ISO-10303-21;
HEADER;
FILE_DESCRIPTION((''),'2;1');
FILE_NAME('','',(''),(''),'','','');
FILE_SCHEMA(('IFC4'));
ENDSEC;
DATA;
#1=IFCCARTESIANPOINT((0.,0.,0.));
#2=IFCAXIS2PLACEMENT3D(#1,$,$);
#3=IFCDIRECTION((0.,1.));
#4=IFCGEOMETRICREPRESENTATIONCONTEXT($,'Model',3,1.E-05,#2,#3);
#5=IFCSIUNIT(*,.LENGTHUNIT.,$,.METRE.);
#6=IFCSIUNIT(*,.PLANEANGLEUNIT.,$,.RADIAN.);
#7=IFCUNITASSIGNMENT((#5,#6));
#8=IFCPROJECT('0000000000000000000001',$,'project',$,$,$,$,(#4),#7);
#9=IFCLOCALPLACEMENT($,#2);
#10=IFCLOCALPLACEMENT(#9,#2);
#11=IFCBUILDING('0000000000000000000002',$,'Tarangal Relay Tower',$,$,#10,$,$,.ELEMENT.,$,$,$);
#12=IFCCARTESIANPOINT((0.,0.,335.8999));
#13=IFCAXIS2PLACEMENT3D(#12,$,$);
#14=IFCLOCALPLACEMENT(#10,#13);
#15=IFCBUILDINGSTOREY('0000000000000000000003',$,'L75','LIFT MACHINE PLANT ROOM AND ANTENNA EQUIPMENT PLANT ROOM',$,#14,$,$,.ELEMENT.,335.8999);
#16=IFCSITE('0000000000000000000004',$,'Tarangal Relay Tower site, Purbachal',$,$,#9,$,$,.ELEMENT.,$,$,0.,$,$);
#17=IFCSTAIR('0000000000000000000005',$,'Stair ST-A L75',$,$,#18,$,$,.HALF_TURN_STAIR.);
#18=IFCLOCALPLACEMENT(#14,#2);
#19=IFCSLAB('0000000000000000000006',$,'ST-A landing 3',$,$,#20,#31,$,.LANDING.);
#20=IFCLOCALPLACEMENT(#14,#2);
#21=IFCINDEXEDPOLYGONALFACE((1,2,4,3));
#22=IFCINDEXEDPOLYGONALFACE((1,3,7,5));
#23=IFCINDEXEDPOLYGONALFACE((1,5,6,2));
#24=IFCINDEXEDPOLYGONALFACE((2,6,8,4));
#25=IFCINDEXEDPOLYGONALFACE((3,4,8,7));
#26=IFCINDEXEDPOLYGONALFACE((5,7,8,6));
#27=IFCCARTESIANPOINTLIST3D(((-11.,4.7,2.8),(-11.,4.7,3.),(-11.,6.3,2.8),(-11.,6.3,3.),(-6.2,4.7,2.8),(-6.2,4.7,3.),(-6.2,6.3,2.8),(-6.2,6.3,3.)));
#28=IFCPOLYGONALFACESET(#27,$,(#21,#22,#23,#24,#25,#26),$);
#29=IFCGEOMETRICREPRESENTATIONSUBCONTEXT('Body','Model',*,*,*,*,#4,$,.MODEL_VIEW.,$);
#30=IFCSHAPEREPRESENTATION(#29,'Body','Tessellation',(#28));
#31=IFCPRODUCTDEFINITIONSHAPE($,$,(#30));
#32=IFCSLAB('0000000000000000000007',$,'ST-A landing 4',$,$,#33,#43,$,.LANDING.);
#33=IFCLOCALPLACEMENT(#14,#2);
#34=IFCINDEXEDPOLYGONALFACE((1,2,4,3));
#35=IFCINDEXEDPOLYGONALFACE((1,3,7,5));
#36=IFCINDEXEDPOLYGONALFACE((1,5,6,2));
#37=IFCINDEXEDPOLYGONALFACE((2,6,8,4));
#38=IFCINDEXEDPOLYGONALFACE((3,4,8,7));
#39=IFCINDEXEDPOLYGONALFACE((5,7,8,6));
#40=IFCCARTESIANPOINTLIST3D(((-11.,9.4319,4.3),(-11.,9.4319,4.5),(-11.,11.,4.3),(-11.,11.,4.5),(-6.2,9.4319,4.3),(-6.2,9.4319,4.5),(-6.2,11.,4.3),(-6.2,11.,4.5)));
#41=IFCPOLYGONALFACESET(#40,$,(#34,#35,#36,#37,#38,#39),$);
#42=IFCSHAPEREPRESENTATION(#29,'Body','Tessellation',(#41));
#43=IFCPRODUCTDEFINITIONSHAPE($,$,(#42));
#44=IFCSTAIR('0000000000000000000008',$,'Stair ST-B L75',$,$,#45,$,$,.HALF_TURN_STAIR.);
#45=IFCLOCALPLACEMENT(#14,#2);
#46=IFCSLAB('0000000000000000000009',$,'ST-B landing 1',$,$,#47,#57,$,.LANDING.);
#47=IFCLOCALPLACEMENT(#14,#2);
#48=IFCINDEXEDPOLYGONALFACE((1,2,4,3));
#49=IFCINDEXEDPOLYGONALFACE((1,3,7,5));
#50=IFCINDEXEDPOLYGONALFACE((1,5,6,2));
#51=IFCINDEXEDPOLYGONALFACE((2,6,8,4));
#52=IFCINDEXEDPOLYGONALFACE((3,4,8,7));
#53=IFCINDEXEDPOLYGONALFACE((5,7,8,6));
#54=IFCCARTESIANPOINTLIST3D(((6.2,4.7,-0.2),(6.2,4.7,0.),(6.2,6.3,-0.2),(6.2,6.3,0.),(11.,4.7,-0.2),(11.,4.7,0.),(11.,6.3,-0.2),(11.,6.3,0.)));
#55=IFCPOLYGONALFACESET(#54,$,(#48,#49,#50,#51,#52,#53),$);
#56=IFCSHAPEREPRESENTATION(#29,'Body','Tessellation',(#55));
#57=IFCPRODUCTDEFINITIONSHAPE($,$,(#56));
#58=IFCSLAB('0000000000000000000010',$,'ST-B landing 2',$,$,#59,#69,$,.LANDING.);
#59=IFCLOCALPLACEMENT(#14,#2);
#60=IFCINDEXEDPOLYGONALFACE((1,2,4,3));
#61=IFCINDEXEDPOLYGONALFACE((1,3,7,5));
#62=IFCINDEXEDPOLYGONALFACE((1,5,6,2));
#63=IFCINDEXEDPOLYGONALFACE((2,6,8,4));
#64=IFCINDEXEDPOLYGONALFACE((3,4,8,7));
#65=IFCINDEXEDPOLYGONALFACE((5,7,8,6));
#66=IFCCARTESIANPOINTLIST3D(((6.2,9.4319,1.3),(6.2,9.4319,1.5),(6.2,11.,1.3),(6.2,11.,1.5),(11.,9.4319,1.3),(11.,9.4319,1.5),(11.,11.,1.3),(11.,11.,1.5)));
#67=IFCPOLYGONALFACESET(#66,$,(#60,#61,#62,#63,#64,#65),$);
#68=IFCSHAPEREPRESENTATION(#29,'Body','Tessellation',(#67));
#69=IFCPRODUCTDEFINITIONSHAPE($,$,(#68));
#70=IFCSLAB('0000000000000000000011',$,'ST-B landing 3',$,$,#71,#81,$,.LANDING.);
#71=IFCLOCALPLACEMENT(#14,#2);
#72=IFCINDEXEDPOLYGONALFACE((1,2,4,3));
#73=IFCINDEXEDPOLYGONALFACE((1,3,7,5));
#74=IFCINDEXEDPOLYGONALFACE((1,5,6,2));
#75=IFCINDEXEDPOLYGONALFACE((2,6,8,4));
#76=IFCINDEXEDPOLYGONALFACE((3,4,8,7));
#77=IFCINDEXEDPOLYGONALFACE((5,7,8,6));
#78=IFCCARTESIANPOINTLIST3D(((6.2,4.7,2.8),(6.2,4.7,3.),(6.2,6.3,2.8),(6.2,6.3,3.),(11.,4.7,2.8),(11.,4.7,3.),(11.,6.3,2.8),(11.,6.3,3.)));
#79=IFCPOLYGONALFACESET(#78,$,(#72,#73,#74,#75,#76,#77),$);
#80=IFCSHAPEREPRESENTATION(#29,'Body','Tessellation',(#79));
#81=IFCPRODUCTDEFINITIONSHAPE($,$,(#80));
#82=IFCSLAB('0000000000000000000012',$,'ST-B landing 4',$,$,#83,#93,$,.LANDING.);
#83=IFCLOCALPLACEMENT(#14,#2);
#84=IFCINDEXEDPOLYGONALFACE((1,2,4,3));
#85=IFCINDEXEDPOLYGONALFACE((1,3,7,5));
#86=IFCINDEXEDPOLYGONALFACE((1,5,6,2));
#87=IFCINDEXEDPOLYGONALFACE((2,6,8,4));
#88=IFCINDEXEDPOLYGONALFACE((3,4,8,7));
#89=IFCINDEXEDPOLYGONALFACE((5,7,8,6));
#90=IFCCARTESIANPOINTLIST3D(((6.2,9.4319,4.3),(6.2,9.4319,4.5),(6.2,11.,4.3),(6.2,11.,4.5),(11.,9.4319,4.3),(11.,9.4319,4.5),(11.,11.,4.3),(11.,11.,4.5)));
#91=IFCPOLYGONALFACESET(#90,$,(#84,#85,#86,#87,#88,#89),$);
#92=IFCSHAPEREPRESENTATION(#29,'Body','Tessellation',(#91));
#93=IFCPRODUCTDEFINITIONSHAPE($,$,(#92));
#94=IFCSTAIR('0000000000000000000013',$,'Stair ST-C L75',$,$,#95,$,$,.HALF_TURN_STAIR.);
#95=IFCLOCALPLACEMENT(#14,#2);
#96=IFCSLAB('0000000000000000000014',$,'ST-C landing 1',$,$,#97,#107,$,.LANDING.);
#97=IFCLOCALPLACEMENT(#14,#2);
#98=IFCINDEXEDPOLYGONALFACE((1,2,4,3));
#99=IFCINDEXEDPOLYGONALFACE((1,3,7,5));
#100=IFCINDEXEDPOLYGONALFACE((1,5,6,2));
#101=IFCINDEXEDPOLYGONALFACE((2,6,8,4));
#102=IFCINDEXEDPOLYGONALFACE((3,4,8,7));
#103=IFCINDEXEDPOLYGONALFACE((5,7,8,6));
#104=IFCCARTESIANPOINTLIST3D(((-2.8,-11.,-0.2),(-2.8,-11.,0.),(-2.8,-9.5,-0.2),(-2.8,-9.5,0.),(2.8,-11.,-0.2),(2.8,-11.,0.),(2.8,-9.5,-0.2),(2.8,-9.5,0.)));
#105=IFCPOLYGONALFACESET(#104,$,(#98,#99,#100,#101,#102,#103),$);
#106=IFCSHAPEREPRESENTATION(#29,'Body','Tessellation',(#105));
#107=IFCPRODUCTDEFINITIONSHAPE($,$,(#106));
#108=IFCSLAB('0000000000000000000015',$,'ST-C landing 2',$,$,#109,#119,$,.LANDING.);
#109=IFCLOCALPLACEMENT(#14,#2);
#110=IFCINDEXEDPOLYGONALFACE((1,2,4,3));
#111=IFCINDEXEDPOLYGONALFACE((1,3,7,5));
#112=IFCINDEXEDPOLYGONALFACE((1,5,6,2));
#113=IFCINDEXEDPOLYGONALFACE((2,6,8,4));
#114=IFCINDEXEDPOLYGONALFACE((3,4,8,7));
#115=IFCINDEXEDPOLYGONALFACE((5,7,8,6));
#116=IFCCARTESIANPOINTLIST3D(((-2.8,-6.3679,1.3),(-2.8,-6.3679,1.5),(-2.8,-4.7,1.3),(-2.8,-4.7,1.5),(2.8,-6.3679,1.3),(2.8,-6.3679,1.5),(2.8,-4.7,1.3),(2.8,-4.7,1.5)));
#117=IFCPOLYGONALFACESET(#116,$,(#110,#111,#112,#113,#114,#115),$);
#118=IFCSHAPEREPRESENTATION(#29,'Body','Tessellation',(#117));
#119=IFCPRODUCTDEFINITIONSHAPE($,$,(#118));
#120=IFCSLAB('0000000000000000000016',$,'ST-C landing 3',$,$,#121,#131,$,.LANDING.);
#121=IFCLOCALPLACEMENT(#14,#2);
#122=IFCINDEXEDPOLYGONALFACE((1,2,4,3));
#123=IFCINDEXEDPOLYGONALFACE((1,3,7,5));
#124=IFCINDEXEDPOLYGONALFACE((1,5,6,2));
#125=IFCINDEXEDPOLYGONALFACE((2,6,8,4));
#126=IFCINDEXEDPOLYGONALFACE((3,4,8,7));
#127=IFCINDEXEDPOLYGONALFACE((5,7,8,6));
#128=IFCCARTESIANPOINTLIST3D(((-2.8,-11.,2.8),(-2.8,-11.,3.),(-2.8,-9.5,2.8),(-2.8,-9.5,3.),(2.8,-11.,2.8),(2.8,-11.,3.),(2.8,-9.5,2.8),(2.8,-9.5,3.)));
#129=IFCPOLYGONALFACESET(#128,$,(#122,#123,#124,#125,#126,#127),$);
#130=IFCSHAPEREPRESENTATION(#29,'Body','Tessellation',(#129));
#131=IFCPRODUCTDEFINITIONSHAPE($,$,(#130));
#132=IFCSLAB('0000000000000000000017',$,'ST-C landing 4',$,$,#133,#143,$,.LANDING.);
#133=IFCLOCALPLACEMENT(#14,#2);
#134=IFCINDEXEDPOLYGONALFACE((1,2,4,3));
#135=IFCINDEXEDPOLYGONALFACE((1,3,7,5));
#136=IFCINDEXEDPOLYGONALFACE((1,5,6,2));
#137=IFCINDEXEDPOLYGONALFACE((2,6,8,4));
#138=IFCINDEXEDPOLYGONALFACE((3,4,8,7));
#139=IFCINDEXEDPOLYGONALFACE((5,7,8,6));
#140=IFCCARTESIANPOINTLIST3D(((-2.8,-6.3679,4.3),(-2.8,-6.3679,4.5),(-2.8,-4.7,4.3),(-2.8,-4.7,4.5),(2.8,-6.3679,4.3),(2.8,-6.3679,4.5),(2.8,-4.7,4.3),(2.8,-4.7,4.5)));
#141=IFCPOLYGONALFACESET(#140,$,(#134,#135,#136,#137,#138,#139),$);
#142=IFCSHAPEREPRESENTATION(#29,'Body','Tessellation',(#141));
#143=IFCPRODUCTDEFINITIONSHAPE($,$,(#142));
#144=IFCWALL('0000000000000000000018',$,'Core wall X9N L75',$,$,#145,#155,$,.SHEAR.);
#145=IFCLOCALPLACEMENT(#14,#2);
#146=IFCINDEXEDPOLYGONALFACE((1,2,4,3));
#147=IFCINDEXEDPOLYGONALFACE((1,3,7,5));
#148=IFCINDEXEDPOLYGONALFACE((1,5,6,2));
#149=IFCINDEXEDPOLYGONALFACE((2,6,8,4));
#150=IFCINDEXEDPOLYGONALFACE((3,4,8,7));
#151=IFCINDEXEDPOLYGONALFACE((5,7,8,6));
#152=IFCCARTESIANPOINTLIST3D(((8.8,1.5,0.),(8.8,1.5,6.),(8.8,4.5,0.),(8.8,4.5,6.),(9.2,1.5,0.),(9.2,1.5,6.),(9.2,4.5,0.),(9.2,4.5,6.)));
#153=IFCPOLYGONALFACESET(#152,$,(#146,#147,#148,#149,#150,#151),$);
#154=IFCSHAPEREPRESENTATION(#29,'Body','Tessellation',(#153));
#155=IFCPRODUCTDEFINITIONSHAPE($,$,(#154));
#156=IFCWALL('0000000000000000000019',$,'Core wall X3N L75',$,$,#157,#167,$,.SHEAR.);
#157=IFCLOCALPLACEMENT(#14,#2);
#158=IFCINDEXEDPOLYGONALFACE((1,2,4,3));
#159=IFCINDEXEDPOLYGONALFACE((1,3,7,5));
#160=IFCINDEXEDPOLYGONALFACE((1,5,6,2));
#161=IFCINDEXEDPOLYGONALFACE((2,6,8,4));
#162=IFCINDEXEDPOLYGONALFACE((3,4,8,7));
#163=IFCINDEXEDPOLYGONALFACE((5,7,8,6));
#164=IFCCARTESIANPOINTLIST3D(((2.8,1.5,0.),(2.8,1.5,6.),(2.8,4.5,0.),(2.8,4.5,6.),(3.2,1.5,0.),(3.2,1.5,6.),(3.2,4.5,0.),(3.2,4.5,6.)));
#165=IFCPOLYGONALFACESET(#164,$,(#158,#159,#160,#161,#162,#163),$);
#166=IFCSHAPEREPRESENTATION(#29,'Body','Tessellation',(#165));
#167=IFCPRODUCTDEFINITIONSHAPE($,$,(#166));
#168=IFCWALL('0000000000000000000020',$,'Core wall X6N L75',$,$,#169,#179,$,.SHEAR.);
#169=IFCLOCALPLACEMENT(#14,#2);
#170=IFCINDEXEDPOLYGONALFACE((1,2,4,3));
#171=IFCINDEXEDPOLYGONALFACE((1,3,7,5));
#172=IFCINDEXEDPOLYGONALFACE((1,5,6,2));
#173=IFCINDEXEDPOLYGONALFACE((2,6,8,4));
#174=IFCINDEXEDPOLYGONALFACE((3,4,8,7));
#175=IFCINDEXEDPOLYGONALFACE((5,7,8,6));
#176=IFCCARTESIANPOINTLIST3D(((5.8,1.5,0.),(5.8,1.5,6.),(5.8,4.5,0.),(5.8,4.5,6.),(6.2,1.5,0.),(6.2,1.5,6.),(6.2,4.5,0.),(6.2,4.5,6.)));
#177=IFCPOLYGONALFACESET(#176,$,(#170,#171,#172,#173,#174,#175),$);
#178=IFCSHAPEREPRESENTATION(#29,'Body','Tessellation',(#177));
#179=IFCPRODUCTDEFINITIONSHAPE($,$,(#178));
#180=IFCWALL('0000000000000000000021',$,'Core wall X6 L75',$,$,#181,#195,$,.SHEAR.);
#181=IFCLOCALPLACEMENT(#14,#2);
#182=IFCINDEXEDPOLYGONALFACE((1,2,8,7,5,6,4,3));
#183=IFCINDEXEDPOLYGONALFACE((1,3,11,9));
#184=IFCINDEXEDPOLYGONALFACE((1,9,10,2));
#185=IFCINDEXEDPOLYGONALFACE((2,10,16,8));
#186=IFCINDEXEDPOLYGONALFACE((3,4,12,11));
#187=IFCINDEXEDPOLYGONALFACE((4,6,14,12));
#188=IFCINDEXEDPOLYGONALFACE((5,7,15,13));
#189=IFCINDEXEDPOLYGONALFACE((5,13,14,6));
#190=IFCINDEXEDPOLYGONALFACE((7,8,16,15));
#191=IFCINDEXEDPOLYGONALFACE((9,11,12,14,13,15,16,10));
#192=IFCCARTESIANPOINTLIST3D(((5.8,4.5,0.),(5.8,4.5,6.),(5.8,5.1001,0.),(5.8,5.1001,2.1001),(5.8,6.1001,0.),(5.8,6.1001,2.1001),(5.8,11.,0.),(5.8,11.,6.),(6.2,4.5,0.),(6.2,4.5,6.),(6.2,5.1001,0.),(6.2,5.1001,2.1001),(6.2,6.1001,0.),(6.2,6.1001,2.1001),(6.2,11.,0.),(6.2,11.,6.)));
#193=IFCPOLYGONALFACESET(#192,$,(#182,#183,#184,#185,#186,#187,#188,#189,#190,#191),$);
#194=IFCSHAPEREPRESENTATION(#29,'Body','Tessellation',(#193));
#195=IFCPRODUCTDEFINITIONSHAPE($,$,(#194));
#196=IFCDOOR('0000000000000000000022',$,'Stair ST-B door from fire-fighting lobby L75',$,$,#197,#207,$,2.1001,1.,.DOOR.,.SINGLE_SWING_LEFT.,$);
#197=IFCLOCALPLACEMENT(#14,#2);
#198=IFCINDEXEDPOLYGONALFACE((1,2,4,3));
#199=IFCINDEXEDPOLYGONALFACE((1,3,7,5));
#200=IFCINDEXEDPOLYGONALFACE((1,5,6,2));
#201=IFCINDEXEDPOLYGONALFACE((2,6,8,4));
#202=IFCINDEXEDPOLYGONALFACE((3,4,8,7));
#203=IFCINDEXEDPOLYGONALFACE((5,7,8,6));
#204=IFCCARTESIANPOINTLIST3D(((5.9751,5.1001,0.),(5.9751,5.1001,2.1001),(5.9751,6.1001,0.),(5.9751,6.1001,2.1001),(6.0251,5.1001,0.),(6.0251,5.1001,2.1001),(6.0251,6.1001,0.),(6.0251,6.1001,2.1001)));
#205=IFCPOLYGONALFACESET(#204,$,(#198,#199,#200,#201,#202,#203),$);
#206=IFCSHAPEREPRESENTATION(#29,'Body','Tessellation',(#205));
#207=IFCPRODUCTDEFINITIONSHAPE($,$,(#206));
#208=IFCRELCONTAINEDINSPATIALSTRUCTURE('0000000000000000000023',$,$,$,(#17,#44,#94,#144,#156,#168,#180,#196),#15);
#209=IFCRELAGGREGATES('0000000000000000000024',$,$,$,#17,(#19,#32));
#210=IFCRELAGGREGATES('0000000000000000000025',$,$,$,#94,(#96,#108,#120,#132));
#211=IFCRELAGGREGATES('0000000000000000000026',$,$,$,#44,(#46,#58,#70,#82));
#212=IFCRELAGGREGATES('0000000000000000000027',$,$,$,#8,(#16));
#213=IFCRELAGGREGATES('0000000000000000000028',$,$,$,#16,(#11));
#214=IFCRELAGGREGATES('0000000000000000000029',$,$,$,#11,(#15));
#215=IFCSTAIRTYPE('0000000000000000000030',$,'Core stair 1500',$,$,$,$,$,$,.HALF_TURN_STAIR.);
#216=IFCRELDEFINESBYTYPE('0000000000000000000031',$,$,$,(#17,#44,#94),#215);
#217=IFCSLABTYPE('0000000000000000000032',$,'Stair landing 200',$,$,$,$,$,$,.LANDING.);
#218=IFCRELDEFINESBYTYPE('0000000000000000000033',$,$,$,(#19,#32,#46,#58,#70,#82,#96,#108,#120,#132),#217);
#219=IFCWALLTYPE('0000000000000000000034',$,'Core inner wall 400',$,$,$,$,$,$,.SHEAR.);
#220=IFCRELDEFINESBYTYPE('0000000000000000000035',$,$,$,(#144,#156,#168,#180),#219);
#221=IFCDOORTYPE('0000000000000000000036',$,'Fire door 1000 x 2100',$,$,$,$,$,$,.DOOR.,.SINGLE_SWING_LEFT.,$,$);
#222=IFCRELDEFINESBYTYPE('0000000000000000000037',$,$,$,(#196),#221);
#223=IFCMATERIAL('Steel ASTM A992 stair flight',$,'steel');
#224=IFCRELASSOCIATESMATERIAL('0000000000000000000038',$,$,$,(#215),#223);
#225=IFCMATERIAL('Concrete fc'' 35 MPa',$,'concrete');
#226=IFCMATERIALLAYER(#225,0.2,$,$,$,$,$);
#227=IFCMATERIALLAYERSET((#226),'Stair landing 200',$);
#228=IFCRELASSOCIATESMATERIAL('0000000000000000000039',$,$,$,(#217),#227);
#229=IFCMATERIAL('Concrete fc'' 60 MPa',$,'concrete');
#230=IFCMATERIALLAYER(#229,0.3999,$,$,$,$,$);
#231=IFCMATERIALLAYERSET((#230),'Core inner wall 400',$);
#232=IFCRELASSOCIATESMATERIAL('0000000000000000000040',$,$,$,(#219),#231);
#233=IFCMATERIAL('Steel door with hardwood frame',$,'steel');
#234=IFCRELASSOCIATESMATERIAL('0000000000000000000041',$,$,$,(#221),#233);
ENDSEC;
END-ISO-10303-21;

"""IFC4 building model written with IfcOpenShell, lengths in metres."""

from ifc_helpers import new_model, si_unit, direction, frame, frame_2d, origin, place, context, subcontext, project, spatial, polyline, rectangle, outline, extrude, material, layer, layer_set, type_object, element, fill, aggregate, save


model = new_model("IFC4")

# Units and contexts
model_context = context("Model", 3, precision=1e-05, world=origin(), true_north=direction((0.0, 1.0)))
body_context = subcontext(model_context, "Body", "Model", "MODEL_VIEW")
ifc_project = project(units=[si_unit("LENGTHUNIT", "METRE"), si_unit("PLANEANGLEUNIT", "RADIAN")], contexts=[model_context])

# Site, building, storey
site_placement = place(None, origin())
site = spatial("IfcSite", under=ifc_project, at=site_placement, Name="Tarangal Relay Tower site, Purbachal", CompositionType="ELEMENT", RefElevation=0.0)
building_placement = place(site_placement, origin())
building = spatial("IfcBuilding", under=site, at=building_placement, Name="Tarangal Relay Tower", CompositionType="ELEMENT")
storey_placement = place(building_placement, frame((0.0, 0.0, 335.8999)))
storey = spatial("IfcBuildingStorey", under=building, at=storey_placement, Name="L75", Description="LIFT MACHINE PLANT ROOM AND ANTENNA EQUIPMENT PLANT ROOM", CompositionType="ELEMENT", Elevation=335.8999)

# Stairs, slabs
ifc_material_1 = material(Name="Steel ASTM A992 stair flight", Category="steel")
stair_type = type_object("IfcStairType", Name="Core stair 1500", PredefinedType="HALF_TURN_STAIR", material=ifc_material_1)
stair_1_placement = place(storey_placement, origin())
stair_1 = element("IfcStair", 1, at=stair_1_placement, inside=storey, type_object=stair_type, Name="Stair ST-A L75", PredefinedType="HALF_TURN_STAIR")
ifc_material_2 = material(Name="Concrete fc' 35 MPa", Category="concrete")
ifc_layer_1 = layer(ifc_material_2, 0.2)
ifc_layer_set_1 = layer_set([ifc_layer_1], Name="Stair landing 200")
slab_type = type_object("IfcSlabType", Name="Stair landing 200", PredefinedType="LANDING", material=ifc_layer_set_1)
slab_1_placement = place(storey_placement, frame((0.0, 0.0, 2.8)))
slab_1 = element("IfcSlab", 2, at=slab_1_placement, type_object=slab_type, Name="ST-A landing 3", PredefinedType="LANDING", context=body_context, shape_type="SweptSolid", body=[
    extrude(outline(polyline([(-11.0, 4.7), (-6.2, 4.7), (-6.2, 6.3), (-11.0, 6.3), (-11.0, 4.7)])), origin(), (0.0, 0.0, 1.0), 0.2),
])
slab_2_placement = place(storey_placement, frame((0.0, 0.0, 4.3)))
slab_2 = element("IfcSlab", 3, at=slab_2_placement, type_object=slab_type, Name="ST-A landing 4", PredefinedType="LANDING", context=body_context, shape_type="SweptSolid", body=[
    extrude(outline(polyline([(-11.0, 9.4319), (-6.2, 9.4319), (-6.2, 11.0), (-11.0, 11.0), (-11.0, 9.4319)])), origin(), (0.0, 0.0, 1.0), 0.2),
])
aggregate(stair_1, [slab_1, slab_2])
stair_2_placement = place(storey_placement, origin())
stair_2 = element("IfcStair", 4, at=stair_2_placement, inside=storey, type_object=stair_type, Name="Stair ST-B L75", PredefinedType="HALF_TURN_STAIR")
slab_3_placement = place(storey_placement, frame((0.0, 0.0, -0.2)))
slab_3 = element("IfcSlab", 5, at=slab_3_placement, type_object=slab_type, Name="ST-B landing 1", PredefinedType="LANDING", context=body_context, shape_type="SweptSolid", body=[
    extrude(outline(polyline([(6.2, 4.7), (11.0, 4.7), (11.0, 6.3), (6.2, 6.3), (6.2, 4.7)])), origin(), (0.0, 0.0, 1.0), 0.2),
])
slab_4_placement = place(storey_placement, frame((0.0, 0.0, 1.3)))
slab_4 = element("IfcSlab", 6, at=slab_4_placement, type_object=slab_type, Name="ST-B landing 2", PredefinedType="LANDING", context=body_context, shape_type="SweptSolid", body=[
    extrude(outline(polyline([(6.2, 9.4319), (11.0, 9.4319), (11.0, 11.0), (6.2, 11.0), (6.2, 9.4319)])), origin(), (0.0, 0.0, 1.0), 0.2),
])
slab_5_placement = place(storey_placement, frame((0.0, 0.0, 2.8)))
slab_5 = element("IfcSlab", 7, at=slab_5_placement, type_object=slab_type, Name="ST-B landing 3", PredefinedType="LANDING", context=body_context, shape_type="SweptSolid", body=[
    extrude(outline(polyline([(6.2, 4.7), (11.0, 4.7), (11.0, 6.3), (6.2, 6.3), (6.2, 4.7)])), origin(), (0.0, 0.0, 1.0), 0.2),
])
slab_6_placement = place(storey_placement, frame((0.0, 0.0, 4.3)))
slab_6 = element("IfcSlab", 8, at=slab_6_placement, type_object=slab_type, Name="ST-B landing 4", PredefinedType="LANDING", context=body_context, shape_type="SweptSolid", body=[
    extrude(outline(polyline([(6.2, 9.4319), (11.0, 9.4319), (11.0, 11.0), (6.2, 11.0), (6.2, 9.4319)])), origin(), (0.0, 0.0, 1.0), 0.2),
])
stair_3_placement = place(storey_placement, origin())
stair_3 = element("IfcStair", 9, at=stair_3_placement, inside=storey, type_object=stair_type, Name="Stair ST-C L75", PredefinedType="HALF_TURN_STAIR")
slab_7_placement = place(storey_placement, frame((0.0, 0.0, -0.2)))
slab_7 = element("IfcSlab", 10, at=slab_7_placement, type_object=slab_type, Name="ST-C landing 1", PredefinedType="LANDING", context=body_context, shape_type="SweptSolid", body=[
    extrude(outline(polyline([(-2.8, -11.0), (2.8, -11.0), (2.8, -9.5), (-2.8, -9.5), (-2.8, -11.0)])), origin(), (0.0, 0.0, 1.0), 0.2),
])
slab_8_placement = place(storey_placement, frame((0.0, 0.0, 1.3)))
slab_8 = element("IfcSlab", 11, at=slab_8_placement, type_object=slab_type, Name="ST-C landing 2", PredefinedType="LANDING", context=body_context, shape_type="SweptSolid", body=[
    extrude(outline(polyline([(-2.8, -6.3679), (2.8, -6.3679), (2.8, -4.7), (-2.8, -4.7), (-2.8, -6.3679)])), origin(), (0.0, 0.0, 1.0), 0.2),
])
slab_9_placement = place(storey_placement, frame((0.0, 0.0, 2.8)))
slab_9 = element("IfcSlab", 12, at=slab_9_placement, type_object=slab_type, Name="ST-C landing 3", PredefinedType="LANDING", context=body_context, shape_type="SweptSolid", body=[
    extrude(outline(polyline([(-2.8, -11.0), (2.8, -11.0), (2.8, -9.5), (-2.8, -9.5), (-2.8, -11.0)])), origin(), (0.0, 0.0, 1.0), 0.2),
])
slab_10_placement = place(storey_placement, frame((0.0, 0.0, 4.3)))
slab_10 = element("IfcSlab", 13, at=slab_10_placement, type_object=slab_type, Name="ST-C landing 4", PredefinedType="LANDING", context=body_context, shape_type="SweptSolid", body=[
    extrude(outline(polyline([(-2.8, -6.3679), (2.8, -6.3679), (2.8, -4.7), (-2.8, -4.7), (-2.8, -6.3679)])), origin(), (0.0, 0.0, 1.0), 0.2),
])
aggregate(stair_3, [slab_7, slab_8, slab_9, slab_10])

# Walls
ifc_material_3 = material(Name="Concrete fc' 60 MPa", Category="concrete")
ifc_layer_2 = layer(ifc_material_3, 0.3999)
ifc_layer_set_2 = layer_set([ifc_layer_2], Name="Core inner wall 400")
wall_type = type_object("IfcWallType", Name="Core inner wall 400", PredefinedType="SHEAR", material=ifc_layer_set_2)
for number, where, z_axis, x_axis, name in (
    (14, (9.0, 1.5, 0.0), (0.0, 0.0, 1.0), (0.0, 1.0, 0.0), "Core wall X9N L75"),
    (15, (3.0, 1.5, 0.0), (0.0, 0.0, 1.0), (0.0, 1.0, 0.0), "Core wall X3N L75"),
    (16, (6.0, 1.5, 0.0), (0.0, 0.0, 1.0), (0.0, 1.0, 0.0), "Core wall X6N L75"),
):
    element("IfcWall", number, at=place(storey_placement, frame(where, z_axis=z_axis, x_axis=x_axis)), inside=storey, type_object=wall_type, Name=name, PredefinedType="SHEAR", context=body_context, shape_type="SweptSolid", body=[
        extrude(rectangle(XDim=3.0, YDim=0.3999, at=frame_2d((1.5, 0.0))), origin(), (0.0, 0.0, 1.0), 6.0),
    ])

# Wall, opening, door
wall_placement = place(storey_placement, frame((6.0, 4.5, 0.0), z_axis=(0.0, 0.0, 1.0), x_axis=(0.0, 1.0, 0.0)))
wall = element("IfcWall", 17, at=wall_placement, inside=storey, type_object=wall_type, Name="Core wall X6 L75", PredefinedType="SHEAR", context=body_context, shape_type="SweptSolid", body=[
    extrude(rectangle(XDim=6.5, YDim=0.3999, at=frame_2d((3.25, 0.0))), origin(), (0.0, 0.0, 1.0), 6.0),
])
opening_placement = place(wall_placement, frame((0.6001, 0.0, 0.0)))
opening = element("IfcOpeningElement", 18, at=opening_placement, cuts=wall, PredefinedType="OPENING", context=body_context, shape_type="SweptSolid", body=[
    extrude(rectangle(XDim=1.0, YDim=2.1001, at=frame_2d((0.5, 1.05))), frame((0.0, 0.21, 0.0), z_axis=(0.0, -1.0, 0.0), x_axis=(1.0, 0.0, 0.0)), (0.0, 0.0, 1.0), 0.4199),
])
ifc_material_4 = material(Name="Steel door with hardwood frame", Category="steel")
door_type = type_object("IfcDoorType", Name="Fire door 1000 x 2100", OperationType="SINGLE_SWING_LEFT", PredefinedType="DOOR", material=ifc_material_4)
door_placement = place(opening_placement, origin())
door = element("IfcDoor", 19, at=door_placement, inside=storey, type_object=door_type, Name="Stair ST-B door from fire-fighting lobby L75", OperationType="SINGLE_SWING_LEFT", OverallHeight=2.1001, OverallWidth=1.0, PredefinedType="DOOR", context=body_context, shape_type="SweptSolid", body=[
    extrude(rectangle(XDim=1.0, YDim=2.1001, at=frame_2d((0.5, 1.05))), frame((0.0, 0.0249, 0.0), z_axis=(0.0, -1.0, 0.0), x_axis=(1.0, 0.0, 0.0)), (0.0, 0.0, 1.0), 0.05),
])
fill(opening, door)

aggregate(stair_2, [slab_3, slab_4, slab_5, slab_6])

save(model, "model.ifc")
